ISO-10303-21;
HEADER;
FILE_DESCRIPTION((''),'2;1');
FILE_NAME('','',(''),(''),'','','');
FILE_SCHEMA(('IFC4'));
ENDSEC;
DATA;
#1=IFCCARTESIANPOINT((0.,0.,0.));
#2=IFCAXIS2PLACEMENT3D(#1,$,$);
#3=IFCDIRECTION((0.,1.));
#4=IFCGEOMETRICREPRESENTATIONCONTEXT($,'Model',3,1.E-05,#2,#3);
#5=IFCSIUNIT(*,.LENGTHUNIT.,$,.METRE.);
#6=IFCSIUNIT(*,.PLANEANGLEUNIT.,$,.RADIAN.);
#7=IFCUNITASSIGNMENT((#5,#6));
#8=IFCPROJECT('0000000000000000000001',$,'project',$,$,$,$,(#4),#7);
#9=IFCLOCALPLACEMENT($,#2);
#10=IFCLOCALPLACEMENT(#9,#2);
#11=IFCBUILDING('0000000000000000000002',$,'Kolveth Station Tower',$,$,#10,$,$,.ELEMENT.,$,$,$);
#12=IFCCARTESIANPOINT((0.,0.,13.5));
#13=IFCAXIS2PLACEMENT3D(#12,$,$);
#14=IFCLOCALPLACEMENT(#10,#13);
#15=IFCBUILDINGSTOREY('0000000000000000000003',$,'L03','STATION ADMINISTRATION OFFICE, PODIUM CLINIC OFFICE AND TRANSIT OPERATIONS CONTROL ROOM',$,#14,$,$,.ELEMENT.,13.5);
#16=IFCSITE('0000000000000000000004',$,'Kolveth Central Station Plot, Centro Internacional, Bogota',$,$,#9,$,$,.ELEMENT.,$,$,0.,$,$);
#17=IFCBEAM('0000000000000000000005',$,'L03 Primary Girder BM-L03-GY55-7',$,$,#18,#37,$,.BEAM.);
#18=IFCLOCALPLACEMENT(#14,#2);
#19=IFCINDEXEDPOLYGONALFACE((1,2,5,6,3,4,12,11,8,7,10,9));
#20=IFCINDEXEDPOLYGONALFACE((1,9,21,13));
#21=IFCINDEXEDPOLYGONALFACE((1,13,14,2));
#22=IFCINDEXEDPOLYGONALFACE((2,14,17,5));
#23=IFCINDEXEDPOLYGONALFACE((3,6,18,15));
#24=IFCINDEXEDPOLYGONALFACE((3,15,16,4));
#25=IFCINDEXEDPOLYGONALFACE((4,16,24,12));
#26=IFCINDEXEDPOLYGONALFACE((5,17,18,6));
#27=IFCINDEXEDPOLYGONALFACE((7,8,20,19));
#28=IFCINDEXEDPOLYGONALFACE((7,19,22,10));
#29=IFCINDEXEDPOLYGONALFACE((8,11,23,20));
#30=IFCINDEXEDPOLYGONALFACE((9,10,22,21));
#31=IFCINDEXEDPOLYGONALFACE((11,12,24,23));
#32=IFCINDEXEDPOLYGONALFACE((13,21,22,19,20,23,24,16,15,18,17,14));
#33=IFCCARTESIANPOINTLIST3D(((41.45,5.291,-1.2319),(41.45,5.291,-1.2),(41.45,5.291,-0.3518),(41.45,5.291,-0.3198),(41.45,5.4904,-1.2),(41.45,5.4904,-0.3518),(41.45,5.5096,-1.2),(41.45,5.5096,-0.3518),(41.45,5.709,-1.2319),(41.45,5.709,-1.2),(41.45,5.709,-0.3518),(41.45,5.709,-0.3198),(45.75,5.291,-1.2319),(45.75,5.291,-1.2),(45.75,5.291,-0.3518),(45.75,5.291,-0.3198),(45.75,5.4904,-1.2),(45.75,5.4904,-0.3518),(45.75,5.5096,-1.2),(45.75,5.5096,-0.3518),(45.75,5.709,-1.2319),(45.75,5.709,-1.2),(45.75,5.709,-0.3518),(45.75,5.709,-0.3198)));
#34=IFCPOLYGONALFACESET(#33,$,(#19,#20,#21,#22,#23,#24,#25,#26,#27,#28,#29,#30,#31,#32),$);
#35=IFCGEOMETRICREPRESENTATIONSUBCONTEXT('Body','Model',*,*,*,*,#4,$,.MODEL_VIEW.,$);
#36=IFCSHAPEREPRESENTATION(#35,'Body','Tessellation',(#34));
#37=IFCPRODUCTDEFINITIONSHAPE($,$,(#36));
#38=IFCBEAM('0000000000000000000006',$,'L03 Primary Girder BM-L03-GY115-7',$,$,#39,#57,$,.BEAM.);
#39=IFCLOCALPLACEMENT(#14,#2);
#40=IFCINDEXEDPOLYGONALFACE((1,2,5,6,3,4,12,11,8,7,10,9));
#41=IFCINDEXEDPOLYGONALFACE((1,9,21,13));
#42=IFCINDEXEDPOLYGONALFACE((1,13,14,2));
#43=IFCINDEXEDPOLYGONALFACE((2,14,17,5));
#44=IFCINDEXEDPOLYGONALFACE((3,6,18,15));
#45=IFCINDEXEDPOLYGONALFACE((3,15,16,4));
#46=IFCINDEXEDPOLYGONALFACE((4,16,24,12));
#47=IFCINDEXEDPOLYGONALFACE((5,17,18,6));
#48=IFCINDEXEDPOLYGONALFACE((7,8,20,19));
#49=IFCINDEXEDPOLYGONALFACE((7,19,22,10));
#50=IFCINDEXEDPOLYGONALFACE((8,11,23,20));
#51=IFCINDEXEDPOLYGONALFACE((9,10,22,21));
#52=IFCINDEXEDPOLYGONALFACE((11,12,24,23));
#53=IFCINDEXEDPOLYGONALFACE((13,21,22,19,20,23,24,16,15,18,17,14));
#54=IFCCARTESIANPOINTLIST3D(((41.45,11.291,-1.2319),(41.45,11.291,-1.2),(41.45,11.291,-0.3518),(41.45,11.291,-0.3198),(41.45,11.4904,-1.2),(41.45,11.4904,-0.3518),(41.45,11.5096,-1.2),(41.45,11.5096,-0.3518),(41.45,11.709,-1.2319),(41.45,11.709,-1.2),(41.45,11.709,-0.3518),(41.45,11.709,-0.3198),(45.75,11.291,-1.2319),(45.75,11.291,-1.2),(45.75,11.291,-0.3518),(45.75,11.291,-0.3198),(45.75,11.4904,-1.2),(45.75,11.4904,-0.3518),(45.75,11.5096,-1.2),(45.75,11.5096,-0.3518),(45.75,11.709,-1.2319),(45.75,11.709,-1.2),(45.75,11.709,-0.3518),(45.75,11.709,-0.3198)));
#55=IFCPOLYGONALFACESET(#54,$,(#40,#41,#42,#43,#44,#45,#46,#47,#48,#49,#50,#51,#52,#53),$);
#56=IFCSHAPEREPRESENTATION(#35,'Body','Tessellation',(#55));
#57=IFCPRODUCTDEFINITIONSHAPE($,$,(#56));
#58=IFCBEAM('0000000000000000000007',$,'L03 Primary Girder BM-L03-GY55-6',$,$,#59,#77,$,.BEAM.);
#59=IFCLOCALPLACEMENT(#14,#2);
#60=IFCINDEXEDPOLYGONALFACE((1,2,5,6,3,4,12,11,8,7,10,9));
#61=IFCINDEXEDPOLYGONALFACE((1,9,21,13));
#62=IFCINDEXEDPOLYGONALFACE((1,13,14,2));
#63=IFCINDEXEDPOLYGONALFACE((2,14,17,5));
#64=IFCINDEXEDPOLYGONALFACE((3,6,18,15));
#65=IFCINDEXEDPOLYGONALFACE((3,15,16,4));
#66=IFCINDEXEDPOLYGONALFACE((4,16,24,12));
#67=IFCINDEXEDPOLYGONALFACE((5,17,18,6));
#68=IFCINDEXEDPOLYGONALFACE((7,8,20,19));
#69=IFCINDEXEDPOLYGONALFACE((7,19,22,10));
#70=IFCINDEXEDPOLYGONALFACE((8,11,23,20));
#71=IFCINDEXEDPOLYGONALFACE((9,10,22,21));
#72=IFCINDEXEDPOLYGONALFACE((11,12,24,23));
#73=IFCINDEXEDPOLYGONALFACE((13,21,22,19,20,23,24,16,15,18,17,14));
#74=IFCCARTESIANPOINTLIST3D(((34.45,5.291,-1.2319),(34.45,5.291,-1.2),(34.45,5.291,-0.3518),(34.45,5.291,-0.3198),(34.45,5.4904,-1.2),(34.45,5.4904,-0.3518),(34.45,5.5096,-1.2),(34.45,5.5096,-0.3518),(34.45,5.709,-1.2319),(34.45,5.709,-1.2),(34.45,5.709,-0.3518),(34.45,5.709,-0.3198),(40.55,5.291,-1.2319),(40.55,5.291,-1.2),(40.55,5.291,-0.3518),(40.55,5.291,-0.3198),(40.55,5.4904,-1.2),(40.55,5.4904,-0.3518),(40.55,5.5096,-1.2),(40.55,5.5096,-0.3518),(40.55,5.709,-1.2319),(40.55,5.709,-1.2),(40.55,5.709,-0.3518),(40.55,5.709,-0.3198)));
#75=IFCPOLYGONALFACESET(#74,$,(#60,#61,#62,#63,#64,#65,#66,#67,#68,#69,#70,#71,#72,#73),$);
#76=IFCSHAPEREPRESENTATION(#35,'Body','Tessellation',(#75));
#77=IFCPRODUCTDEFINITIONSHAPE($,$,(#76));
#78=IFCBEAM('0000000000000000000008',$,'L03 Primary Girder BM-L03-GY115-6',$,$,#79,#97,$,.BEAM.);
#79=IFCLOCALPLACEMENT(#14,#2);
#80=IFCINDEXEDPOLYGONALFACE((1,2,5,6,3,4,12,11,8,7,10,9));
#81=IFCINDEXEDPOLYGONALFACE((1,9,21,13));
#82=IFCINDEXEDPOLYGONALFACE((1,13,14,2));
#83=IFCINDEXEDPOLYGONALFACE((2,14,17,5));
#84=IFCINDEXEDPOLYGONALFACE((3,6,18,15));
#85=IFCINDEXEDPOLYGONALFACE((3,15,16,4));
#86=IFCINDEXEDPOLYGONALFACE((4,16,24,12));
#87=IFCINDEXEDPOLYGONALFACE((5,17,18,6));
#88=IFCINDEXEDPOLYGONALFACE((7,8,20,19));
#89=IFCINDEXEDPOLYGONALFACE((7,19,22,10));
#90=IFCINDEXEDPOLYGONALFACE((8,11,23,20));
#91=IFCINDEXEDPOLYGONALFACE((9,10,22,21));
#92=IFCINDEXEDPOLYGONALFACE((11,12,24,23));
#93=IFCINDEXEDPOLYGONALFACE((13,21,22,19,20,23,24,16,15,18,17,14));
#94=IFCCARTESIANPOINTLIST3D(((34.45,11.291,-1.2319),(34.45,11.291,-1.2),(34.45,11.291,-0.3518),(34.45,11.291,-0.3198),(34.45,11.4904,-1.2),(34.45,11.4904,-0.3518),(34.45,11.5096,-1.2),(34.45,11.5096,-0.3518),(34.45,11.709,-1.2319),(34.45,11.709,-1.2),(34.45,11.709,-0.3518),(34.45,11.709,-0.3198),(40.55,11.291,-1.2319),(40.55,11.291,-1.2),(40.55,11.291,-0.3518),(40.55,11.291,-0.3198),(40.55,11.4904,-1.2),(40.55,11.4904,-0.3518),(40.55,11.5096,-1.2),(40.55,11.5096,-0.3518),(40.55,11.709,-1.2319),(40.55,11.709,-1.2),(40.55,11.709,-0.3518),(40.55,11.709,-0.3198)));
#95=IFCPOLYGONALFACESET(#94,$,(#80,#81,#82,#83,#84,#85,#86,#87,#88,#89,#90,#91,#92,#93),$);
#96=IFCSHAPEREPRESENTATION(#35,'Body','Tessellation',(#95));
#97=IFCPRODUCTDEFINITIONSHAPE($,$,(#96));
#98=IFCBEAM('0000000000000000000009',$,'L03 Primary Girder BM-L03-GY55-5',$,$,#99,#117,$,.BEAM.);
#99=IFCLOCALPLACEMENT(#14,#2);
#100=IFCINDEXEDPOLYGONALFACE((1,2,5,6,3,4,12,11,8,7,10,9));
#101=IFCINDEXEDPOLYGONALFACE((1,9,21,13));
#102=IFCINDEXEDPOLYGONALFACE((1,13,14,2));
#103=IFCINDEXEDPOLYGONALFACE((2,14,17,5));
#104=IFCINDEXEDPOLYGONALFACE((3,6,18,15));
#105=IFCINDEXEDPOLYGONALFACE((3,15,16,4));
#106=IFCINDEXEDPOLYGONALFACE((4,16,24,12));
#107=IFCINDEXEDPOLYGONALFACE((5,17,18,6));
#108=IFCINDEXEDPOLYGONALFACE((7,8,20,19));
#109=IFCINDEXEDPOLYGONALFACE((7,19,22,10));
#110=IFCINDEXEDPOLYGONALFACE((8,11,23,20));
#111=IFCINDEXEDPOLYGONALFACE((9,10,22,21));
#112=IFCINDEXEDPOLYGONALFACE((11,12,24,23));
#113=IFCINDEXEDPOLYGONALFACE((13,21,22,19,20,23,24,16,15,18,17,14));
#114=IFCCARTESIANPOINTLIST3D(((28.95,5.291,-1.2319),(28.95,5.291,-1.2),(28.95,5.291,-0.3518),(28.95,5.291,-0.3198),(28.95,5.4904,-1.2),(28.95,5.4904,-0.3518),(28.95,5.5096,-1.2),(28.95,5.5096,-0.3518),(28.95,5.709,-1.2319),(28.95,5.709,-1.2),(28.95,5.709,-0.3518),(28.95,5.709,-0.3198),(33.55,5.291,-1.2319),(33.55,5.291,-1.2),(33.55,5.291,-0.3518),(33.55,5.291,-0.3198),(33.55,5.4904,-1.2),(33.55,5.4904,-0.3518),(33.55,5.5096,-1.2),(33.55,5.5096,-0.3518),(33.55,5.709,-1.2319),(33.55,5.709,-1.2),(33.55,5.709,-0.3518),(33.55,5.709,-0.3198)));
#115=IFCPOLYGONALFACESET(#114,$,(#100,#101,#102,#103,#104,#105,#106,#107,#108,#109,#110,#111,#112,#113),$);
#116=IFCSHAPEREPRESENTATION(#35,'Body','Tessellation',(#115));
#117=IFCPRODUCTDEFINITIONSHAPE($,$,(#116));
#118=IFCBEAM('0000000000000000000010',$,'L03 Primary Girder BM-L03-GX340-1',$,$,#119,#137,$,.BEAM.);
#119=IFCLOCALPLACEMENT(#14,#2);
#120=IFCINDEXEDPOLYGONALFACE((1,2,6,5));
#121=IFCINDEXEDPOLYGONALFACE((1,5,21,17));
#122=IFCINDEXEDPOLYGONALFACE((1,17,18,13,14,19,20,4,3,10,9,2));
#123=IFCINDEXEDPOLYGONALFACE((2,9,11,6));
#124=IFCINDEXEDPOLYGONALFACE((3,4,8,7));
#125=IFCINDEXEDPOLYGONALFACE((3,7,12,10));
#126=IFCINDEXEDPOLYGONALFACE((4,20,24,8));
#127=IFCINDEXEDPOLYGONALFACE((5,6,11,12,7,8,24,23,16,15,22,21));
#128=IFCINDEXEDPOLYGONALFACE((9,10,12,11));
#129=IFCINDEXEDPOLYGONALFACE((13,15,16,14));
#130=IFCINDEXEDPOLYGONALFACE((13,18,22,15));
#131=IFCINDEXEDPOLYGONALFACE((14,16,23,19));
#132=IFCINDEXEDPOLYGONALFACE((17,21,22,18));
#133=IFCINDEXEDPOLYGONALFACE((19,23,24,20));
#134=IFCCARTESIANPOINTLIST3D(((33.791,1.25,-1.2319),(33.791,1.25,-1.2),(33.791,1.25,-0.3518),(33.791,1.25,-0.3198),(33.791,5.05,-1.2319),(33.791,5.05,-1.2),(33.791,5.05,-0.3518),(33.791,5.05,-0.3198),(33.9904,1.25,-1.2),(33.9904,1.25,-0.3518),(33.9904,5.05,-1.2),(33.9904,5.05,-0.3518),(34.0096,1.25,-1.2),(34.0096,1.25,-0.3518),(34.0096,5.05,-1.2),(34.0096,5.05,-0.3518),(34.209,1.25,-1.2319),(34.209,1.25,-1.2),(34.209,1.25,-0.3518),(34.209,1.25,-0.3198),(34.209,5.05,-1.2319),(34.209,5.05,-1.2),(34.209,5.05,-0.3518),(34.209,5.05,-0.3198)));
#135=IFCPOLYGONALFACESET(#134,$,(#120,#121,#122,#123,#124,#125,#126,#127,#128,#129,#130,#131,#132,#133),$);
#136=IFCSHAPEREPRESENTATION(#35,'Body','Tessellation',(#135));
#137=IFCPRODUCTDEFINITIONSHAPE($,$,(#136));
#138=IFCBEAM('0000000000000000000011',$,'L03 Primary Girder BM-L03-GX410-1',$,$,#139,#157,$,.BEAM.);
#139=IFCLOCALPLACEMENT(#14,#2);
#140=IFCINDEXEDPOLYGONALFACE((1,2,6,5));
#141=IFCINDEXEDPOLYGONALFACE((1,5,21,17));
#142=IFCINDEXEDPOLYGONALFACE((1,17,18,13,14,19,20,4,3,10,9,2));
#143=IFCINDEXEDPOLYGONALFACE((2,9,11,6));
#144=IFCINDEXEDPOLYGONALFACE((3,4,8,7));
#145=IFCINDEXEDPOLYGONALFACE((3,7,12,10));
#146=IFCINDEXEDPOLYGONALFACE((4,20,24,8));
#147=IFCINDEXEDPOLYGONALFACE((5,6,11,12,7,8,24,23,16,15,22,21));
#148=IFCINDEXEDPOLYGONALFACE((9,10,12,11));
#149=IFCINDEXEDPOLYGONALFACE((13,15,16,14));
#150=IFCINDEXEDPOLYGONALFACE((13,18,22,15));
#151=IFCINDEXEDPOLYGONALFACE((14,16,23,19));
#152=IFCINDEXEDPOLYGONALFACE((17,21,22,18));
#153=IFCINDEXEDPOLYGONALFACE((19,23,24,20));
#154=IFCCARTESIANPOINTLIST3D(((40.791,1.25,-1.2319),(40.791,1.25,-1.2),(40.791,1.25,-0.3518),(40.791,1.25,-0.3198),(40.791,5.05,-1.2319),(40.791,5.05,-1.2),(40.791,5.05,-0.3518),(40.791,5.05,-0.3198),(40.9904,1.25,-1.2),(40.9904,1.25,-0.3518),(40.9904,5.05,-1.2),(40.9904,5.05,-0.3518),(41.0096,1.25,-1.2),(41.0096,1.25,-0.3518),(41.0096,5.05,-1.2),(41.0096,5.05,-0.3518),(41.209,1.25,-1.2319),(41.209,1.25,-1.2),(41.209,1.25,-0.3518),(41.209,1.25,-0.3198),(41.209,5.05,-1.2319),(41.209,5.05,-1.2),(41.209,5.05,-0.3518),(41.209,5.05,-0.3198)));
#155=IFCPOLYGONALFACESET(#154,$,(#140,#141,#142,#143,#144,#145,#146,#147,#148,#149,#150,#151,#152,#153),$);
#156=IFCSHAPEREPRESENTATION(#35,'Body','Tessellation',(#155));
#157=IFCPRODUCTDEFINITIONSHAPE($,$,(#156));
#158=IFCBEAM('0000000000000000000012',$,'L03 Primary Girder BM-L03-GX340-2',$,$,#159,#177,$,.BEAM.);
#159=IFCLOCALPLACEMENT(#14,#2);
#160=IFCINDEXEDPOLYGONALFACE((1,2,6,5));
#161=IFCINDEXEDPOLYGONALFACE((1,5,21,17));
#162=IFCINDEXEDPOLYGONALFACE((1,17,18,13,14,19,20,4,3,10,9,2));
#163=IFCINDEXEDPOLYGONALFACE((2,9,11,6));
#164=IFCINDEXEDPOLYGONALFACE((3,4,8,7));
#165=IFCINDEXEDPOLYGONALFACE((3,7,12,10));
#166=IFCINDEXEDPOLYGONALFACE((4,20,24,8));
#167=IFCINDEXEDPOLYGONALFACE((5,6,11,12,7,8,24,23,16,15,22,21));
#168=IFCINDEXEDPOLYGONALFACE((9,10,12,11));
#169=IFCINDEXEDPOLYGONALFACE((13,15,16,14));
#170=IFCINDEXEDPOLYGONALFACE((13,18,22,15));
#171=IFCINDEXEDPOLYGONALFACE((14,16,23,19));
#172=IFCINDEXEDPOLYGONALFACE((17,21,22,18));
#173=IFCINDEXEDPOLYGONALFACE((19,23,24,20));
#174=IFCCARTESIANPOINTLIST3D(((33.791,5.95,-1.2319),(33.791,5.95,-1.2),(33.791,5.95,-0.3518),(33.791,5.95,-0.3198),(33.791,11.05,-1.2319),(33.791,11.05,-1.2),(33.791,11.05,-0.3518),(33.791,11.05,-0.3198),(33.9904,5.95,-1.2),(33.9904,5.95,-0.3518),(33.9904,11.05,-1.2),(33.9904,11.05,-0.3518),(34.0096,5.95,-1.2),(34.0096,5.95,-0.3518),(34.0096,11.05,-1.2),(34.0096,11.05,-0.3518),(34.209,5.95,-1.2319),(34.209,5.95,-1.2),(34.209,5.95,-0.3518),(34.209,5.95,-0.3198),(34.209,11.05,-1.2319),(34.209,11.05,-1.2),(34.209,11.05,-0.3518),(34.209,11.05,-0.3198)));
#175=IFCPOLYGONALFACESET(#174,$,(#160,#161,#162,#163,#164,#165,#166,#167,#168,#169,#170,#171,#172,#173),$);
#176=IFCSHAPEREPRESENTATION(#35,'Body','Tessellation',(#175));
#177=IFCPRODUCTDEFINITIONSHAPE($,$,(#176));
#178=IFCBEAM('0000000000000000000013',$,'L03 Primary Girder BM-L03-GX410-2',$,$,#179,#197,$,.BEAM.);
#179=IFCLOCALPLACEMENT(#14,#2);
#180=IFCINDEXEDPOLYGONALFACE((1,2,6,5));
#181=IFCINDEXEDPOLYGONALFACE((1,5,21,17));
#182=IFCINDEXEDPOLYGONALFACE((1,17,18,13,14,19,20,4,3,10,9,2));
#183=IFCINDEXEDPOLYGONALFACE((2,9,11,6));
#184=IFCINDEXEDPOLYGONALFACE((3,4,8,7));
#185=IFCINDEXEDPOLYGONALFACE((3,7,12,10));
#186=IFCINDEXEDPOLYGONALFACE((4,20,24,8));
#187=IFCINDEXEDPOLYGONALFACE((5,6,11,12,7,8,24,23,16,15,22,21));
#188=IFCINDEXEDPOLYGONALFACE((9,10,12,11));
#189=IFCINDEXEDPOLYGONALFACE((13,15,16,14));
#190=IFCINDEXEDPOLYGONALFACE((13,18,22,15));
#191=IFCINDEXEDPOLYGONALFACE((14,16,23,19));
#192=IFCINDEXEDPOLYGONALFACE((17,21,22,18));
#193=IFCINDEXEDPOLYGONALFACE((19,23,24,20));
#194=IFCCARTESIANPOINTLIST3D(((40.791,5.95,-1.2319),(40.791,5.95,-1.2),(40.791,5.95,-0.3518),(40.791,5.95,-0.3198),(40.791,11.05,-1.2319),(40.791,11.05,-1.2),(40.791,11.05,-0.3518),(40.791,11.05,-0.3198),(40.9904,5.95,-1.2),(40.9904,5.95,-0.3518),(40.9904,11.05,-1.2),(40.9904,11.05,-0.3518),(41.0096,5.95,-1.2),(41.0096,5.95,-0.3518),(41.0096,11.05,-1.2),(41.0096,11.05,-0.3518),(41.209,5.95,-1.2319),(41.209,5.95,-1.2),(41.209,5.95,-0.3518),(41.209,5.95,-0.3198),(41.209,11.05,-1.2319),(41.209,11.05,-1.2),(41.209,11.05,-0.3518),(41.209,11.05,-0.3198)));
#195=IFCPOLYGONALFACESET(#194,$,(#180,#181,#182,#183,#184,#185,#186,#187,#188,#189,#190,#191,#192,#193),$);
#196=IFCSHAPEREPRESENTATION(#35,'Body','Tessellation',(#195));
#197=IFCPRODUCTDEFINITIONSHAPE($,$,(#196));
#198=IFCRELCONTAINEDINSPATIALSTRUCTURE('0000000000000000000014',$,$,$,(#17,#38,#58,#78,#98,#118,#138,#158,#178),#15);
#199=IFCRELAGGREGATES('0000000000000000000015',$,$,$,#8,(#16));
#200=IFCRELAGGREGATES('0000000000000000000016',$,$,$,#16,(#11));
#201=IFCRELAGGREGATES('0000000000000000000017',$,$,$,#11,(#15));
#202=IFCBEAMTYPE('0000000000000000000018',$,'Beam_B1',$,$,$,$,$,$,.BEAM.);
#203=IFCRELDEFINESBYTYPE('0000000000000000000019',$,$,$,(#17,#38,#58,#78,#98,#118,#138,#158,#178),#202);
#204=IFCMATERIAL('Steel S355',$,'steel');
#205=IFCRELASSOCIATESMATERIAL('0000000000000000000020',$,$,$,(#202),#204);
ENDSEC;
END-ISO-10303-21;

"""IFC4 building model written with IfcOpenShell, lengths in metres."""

from ifc_helpers import new_model, si_unit, direction, frame, origin, origin_2d, place, context, subcontext, project, spatial, i_section, extrude, source, transform, mapped, material, material_profile, profile_set, type_object, element, save


model = new_model("IFC4")

# Units and contexts
model_context = context("Model", 3, precision=1e-05, world=origin(), true_north=direction((0.0, 1.0)))
body_context = subcontext(model_context, "Body", "Model", "MODEL_VIEW")
ifc_project = project(units=[si_unit("LENGTHUNIT", "METRE"), si_unit("PLANEANGLEUNIT", "RADIAN")], contexts=[model_context])

# Site, building, storey
site_placement = place(None, origin())
site = spatial("IfcSite", under=ifc_project, at=site_placement, Name="Kolveth Central Station Plot, Centro Internacional, Bogota", CompositionType="ELEMENT", RefElevation=0.0)
building_placement = place(site_placement, origin())
building = spatial("IfcBuilding", under=site, at=building_placement, Name="Kolveth Station Tower", CompositionType="ELEMENT")
storey_placement = place(building_placement, frame((0.0, 0.0, 13.5)))
storey = spatial("IfcBuildingStorey", under=building, at=storey_placement, Name="L03", Description="STATION ADMINISTRATION OFFICE, PODIUM CLINIC OFFICE AND TRANSIT OPERATIONS CONTROL ROOM", CompositionType="ELEMENT", Elevation=13.5)

# Beams
ifc_material_1 = material(Name="Steel S355", Category="steel")
ifc_material_profile_1 = material_profile(ifc_material_1, i_section(OverallWidth=0.418, OverallDepth=0.9121, WebThickness=0.0193, FlangeThickness=0.032, at=origin_2d()), Name="W920x342")
ifc_profile_set_1 = profile_set([ifc_material_profile_1], Name="Steel S355")
beam_type_1 = type_object("IfcBeamType", Name="Beam_B1", PredefinedType="BEAM", material=ifc_profile_set_1)
shared_shape_1 = source(origin(), body_context, "Body", "SweptSolid", [
    extrude(i_section(OverallWidth=0.418, OverallDepth=0.9121, WebThickness=0.0193, FlangeThickness=0.032, at=origin_2d()), origin(), (0.0, 0.0, 1.0), 4.3),
])
for number, where, z_axis, x_axis, name in (
    (1, (41.45, 5.5, -0.7759), (1.0, 0.0, 0.0), (0.0, 1.0, 0.0), "L03 Primary Girder BM-L03-GY55-7"),
    (2, (41.45, 11.5, -0.7759), (1.0, 0.0, 0.0), (0.0, 1.0, 0.0), "L03 Primary Girder BM-L03-GY115-7"),
):
    element("IfcBeam", number, at=place(storey_placement, frame(where, z_axis=z_axis, x_axis=x_axis)), inside=storey, type_object=beam_type_1, Name=name, PredefinedType="BEAM", context=body_context, shape_type="MappedRepresentation", body=[
        mapped(shared_shape_1, transform((0.0, 0.0, 0.0), x_axis=(1.0, 0.0, 0.0), y_axis=(0.0, 1.0, 0.0), z_axis=(0.0, 0.0, 1.0), scale=1.0)),
    ])
shared_shape_2 = source(origin(), body_context, "Body", "SweptSolid", [
    extrude(i_section(OverallWidth=0.418, OverallDepth=0.9121, WebThickness=0.0193, FlangeThickness=0.032, at=origin_2d()), origin(), (0.0, 0.0, 1.0), 6.1001),
])
for number, where, z_axis, x_axis, name in (
    (3, (34.45, 5.5, -0.7759), (1.0, 0.0, 0.0), (0.0, 1.0, 0.0), "L03 Primary Girder BM-L03-GY55-6"),
    (4, (34.45, 11.5, -0.7759), (1.0, 0.0, 0.0), (0.0, 1.0, 0.0), "L03 Primary Girder BM-L03-GY115-6"),
):
    element("IfcBeam", number, at=place(storey_placement, frame(where, z_axis=z_axis, x_axis=x_axis)), inside=storey, type_object=beam_type_1, Name=name, PredefinedType="BEAM", context=body_context, shape_type="MappedRepresentation", body=[
        mapped(shared_shape_2, transform((0.0, 0.0, 0.0), x_axis=(1.0, 0.0, 0.0), y_axis=(0.0, 1.0, 0.0), z_axis=(0.0, 0.0, 1.0), scale=1.0)),
    ])
shared_shape_3 = source(origin(), body_context, "Body", "SweptSolid", [
    extrude(i_section(OverallWidth=0.418, OverallDepth=0.9121, WebThickness=0.0193, FlangeThickness=0.032, at=origin_2d()), origin(), (0.0, 0.0, 1.0), 4.6001),
])
beam_1_placement = place(storey_placement, frame((28.95, 5.5, -0.7759), z_axis=(1.0, 0.0, 0.0), x_axis=(0.0, 1.0, 0.0)))
element("IfcBeam", 5, at=beam_1_placement, inside=storey, type_object=beam_type_1, Name="L03 Primary Girder BM-L03-GY55-5", PredefinedType="BEAM", context=body_context, shape_type="MappedRepresentation", body=[
    mapped(shared_shape_3, transform((0.0, 0.0, 0.0), x_axis=(1.0, 0.0, 0.0), y_axis=(0.0, 1.0, 0.0), z_axis=(0.0, 0.0, 1.0), scale=1.0)),
])
shared_shape_4 = source(origin(), body_context, "Body", "SweptSolid", [
    extrude(i_section(OverallWidth=0.418, OverallDepth=0.9121, WebThickness=0.0193, FlangeThickness=0.032, at=origin_2d()), origin(), (0.0, 0.0, 1.0), 3.8),
])
for number, where, z_axis, x_axis, name in (
    (6, (34.0, 1.25, -0.7759), (0.0, 1.0, 0.0), (-1.0, 0.0, 0.0), "L03 Primary Girder BM-L03-GX340-1"),
    (7, (41.0, 1.25, -0.7759), (0.0, 1.0, 0.0), (-1.0, 0.0, 0.0), "L03 Primary Girder BM-L03-GX410-1"),
):
    element("IfcBeam", number, at=place(storey_placement, frame(where, z_axis=z_axis, x_axis=x_axis)), inside=storey, type_object=beam_type_1, Name=name, PredefinedType="BEAM", context=body_context, shape_type="MappedRepresentation", body=[
        mapped(shared_shape_4, transform((0.0, 0.0, 0.0), x_axis=(1.0, 0.0, 0.0), y_axis=(0.0, 1.0, 0.0), z_axis=(0.0, 0.0, 1.0), scale=1.0)),
    ])
shared_shape_5 = source(origin(), body_context, "Body", "SweptSolid", [
    extrude(i_section(OverallWidth=0.418, OverallDepth=0.9121, WebThickness=0.0193, FlangeThickness=0.032, at=origin_2d()), origin(), (0.0, 0.0, 1.0), 5.1001),
])
for number, where, z_axis, x_axis, name in (
    (8, (34.0, 5.95, -0.7759), (0.0, 1.0, 0.0), (-1.0, 0.0, 0.0), "L03 Primary Girder BM-L03-GX340-2"),
    (9, (41.0, 5.95, -0.7759), (0.0, 1.0, 0.0), (-1.0, 0.0, 0.0), "L03 Primary Girder BM-L03-GX410-2"),
):
    element("IfcBeam", number, at=place(storey_placement, frame(where, z_axis=z_axis, x_axis=x_axis)), inside=storey, type_object=beam_type_1, Name=name, PredefinedType="BEAM", context=body_context, shape_type="MappedRepresentation", body=[
        mapped(shared_shape_5, transform((0.0, 0.0, 0.0), x_axis=(1.0, 0.0, 0.0), y_axis=(0.0, 1.0, 0.0), z_axis=(0.0, 0.0, 1.0), scale=1.0)),
    ])

save(model, "model.ifc")
